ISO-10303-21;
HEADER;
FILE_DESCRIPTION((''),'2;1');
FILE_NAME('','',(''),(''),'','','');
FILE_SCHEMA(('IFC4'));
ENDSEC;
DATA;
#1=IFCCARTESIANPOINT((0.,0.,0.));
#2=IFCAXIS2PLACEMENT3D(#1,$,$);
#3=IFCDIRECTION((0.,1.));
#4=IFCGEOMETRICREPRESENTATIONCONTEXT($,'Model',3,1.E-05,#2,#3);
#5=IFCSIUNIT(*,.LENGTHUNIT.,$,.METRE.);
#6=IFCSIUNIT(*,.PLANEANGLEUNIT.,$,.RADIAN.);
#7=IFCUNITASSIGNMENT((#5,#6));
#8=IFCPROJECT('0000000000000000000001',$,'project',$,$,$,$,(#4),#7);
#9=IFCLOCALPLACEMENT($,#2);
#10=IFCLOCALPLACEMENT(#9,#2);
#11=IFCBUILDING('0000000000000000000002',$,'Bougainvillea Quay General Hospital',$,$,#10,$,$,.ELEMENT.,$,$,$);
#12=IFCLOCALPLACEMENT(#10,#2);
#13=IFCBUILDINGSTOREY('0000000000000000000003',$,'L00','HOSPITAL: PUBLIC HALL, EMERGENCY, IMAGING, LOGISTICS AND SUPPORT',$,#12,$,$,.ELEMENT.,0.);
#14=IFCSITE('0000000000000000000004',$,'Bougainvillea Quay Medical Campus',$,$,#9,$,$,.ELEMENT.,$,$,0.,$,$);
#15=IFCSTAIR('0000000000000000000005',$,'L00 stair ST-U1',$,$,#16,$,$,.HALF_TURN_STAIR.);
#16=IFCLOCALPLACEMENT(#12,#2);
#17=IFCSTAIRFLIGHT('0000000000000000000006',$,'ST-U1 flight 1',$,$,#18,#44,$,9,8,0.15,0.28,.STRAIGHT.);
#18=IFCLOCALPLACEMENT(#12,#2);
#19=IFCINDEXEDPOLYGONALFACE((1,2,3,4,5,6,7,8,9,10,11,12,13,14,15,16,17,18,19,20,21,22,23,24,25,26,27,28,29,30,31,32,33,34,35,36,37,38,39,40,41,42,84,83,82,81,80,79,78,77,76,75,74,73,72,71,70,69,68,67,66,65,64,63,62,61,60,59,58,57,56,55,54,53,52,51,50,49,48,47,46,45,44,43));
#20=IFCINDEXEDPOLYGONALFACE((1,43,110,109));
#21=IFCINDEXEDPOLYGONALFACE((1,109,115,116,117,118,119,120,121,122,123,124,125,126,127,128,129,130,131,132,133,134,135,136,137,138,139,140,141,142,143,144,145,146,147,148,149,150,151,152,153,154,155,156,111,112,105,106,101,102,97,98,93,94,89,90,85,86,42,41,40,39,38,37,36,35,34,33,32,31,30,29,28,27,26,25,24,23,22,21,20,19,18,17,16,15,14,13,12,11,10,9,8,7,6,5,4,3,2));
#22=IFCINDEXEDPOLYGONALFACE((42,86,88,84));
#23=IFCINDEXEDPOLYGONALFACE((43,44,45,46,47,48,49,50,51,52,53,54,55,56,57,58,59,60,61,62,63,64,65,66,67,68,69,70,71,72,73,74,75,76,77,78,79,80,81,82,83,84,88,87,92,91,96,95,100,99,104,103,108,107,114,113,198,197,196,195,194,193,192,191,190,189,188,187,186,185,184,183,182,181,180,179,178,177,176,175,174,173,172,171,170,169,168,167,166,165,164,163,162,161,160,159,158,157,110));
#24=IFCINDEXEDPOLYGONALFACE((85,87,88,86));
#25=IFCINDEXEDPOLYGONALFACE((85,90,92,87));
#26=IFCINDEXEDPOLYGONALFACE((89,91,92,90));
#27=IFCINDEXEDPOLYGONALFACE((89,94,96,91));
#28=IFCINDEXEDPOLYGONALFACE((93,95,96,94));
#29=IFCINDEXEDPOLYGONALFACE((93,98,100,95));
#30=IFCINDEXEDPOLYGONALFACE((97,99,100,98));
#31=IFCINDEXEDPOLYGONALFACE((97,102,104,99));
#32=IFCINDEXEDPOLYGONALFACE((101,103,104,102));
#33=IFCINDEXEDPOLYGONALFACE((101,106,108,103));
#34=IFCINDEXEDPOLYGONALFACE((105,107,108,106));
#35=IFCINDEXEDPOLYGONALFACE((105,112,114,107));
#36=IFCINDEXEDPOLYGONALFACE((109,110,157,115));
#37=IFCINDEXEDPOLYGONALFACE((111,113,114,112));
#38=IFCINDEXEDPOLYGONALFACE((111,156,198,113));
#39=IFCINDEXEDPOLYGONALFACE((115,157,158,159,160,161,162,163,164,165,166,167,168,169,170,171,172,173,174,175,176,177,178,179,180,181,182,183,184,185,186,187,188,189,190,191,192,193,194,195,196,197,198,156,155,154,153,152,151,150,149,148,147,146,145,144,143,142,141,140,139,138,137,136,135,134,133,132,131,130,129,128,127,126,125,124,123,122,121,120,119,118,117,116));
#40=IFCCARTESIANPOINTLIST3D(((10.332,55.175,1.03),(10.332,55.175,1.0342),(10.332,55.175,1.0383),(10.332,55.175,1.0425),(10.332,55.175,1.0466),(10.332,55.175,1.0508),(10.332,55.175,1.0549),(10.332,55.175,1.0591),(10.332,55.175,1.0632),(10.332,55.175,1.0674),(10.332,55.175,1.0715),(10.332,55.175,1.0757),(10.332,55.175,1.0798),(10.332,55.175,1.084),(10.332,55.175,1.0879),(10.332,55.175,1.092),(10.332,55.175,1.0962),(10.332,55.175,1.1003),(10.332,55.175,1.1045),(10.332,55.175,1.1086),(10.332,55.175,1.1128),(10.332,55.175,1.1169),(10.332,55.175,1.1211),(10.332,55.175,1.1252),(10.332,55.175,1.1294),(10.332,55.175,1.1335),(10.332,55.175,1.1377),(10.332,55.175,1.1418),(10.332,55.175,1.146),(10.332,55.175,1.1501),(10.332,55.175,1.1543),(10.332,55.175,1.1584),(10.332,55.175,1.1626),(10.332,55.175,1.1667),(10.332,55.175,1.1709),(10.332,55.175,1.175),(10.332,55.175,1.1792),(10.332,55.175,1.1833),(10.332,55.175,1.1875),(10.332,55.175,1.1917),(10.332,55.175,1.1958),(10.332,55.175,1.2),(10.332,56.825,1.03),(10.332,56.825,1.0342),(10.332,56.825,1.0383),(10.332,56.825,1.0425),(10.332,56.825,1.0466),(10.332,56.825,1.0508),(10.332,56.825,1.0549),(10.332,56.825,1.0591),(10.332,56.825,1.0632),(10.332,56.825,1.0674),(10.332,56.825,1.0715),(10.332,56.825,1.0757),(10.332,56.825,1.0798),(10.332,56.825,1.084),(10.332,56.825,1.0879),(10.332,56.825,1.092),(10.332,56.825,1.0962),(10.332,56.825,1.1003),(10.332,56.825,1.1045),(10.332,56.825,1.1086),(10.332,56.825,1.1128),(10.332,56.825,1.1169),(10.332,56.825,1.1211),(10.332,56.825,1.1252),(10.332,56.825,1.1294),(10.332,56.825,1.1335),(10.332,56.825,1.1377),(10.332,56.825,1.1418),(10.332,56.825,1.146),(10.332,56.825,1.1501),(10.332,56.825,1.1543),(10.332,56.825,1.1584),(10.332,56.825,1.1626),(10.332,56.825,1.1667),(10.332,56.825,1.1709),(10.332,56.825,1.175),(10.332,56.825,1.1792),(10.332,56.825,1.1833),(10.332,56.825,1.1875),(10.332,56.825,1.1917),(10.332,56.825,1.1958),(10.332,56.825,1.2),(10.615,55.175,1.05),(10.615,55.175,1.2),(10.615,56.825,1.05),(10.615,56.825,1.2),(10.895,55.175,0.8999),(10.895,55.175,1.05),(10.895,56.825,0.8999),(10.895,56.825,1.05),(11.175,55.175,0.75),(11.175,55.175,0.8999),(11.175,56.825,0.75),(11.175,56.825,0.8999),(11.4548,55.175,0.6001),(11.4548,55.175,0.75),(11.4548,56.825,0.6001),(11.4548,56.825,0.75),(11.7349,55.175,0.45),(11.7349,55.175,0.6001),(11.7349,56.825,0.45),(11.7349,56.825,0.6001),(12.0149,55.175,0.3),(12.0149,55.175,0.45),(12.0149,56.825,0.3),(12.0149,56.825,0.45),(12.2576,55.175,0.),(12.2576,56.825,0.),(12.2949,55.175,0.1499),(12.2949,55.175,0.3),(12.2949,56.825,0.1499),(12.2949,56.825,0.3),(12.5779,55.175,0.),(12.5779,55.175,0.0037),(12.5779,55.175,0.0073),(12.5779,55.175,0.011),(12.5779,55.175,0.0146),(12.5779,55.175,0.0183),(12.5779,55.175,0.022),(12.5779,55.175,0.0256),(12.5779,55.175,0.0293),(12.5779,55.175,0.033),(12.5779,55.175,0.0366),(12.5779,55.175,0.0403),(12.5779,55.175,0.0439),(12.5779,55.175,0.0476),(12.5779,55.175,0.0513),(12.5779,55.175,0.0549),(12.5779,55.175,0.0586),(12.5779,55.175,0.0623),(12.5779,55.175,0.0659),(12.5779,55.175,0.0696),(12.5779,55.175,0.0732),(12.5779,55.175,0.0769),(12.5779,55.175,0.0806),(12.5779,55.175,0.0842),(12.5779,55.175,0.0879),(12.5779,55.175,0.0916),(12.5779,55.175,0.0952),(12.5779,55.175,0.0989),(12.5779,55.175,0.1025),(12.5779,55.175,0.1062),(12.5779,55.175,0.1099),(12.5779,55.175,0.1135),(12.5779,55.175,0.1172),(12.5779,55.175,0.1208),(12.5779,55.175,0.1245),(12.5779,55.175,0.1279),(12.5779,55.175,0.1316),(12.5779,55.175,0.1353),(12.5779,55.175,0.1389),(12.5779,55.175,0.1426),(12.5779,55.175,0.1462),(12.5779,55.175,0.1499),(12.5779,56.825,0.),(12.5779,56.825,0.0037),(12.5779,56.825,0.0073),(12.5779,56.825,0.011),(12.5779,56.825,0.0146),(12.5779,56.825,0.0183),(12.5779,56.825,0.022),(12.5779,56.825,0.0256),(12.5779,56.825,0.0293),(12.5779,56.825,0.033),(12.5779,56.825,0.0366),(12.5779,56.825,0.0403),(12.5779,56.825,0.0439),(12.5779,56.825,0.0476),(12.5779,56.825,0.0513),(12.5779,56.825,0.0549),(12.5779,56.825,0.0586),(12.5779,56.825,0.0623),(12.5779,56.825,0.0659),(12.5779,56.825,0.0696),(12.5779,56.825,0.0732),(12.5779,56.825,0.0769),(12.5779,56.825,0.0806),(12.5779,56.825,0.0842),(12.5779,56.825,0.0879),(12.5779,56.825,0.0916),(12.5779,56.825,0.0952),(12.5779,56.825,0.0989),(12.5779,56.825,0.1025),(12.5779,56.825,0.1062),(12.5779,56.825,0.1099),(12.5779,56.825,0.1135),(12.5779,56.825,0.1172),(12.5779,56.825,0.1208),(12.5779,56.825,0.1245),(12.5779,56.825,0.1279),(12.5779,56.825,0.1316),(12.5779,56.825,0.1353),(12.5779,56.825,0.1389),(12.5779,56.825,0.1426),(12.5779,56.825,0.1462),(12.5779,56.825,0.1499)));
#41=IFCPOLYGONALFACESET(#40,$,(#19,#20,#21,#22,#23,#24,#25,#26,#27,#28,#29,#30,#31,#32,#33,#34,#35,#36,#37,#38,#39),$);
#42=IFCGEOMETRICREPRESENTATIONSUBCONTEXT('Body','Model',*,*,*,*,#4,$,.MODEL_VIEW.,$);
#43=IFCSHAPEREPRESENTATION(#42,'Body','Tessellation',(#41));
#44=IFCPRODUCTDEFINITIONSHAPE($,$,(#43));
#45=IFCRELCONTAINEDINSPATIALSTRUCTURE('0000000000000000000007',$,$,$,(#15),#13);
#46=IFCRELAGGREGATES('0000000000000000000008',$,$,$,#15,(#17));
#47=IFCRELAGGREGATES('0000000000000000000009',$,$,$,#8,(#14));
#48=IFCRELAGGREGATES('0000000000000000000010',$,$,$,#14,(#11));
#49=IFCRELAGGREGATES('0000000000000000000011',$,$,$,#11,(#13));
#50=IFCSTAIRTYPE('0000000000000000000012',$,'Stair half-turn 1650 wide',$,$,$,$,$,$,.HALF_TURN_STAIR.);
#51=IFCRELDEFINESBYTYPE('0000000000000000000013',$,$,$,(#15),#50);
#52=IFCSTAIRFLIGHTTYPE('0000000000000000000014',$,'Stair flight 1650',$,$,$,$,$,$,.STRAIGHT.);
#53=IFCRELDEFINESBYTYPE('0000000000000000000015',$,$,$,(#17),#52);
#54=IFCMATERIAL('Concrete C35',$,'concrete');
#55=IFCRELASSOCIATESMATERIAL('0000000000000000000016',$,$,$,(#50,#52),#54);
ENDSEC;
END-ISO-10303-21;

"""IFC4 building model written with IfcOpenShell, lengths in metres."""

from ifc_helpers import new_model, si_unit, direction, frame, origin, place, context, subcontext, project, spatial, polyline, outline, extrude, material, type_object, element, aggregate, save


model = new_model("IFC4")

# Units and contexts
model_context = context("Model", 3, precision=1e-05, world=origin(), true_north=direction((0.0, 1.0)))
body_context = subcontext(model_context, "Body", "Model", "MODEL_VIEW")
ifc_project = project(units=[si_unit("LENGTHUNIT", "METRE"), si_unit("PLANEANGLEUNIT", "RADIAN")], contexts=[model_context])

# Site, building, storey
site_placement = place(None, origin())
site = spatial("IfcSite", under=ifc_project, at=site_placement, Name="Bougainvillea Quay Medical Campus", CompositionType="ELEMENT", RefElevation=0.0)
building_placement = place(site_placement, origin())
building = spatial("IfcBuilding", under=site, at=building_placement, Name="Bougainvillea Quay General Hospital", CompositionType="ELEMENT")
storey_placement = place(building_placement, origin())
storey = spatial("IfcBuildingStorey", under=building, at=storey_placement, Name="L00", Description="HOSPITAL: PUBLIC HALL, EMERGENCY, IMAGING, LOGISTICS AND SUPPORT", CompositionType="ELEMENT", Elevation=0.0)

# Stair, stair flight
ifc_material_1 = material(Name="Concrete C35", Category="concrete")
stair_type = type_object("IfcStairType", Name="Stair half-turn 1650 wide", PredefinedType="HALF_TURN_STAIR", material=ifc_material_1)
stair_placement = place(storey_placement, origin())
stair = element("IfcStair", 1, at=stair_placement, inside=storey, type_object=stair_type, Name="L00 stair ST-U1", PredefinedType="HALF_TURN_STAIR")
stair_flight_type = type_object("IfcStairFlightType", Name="Stair flight 1650", PredefinedType="STRAIGHT", material=ifc_material_1)
stair_flight_1_placement = place(storey_placement, frame((12.575, 56.0, 0.0), z_axis=(0.0, 0.0, 1.0), x_axis=(-1.0, 0.0, 0.0)))
stair_flight_1 = element("IfcStairFlight", 2, at=stair_flight_1_placement, type_object=stair_flight_type, Name="ST-U1 flight 1", NumberOfRisers=9, NumberOfTreads=8, PredefinedType="STRAIGHT", RiserHeight=0.15, TreadLength=0.28, context=body_context, shape_type="SweptSolid", body=[
    extrude(outline(polyline([(-0.0029, 0.0), (-0.0029, 0.0037), (-0.0029, 0.0073), (-0.0029, 0.011), (-0.0029, 0.0146), (-0.0029, 0.0183), (-0.0029, 0.022), (-0.0029, 0.0256), (-0.0029, 0.0293), (-0.0029, 0.033), (-0.0029, 0.0366), (-0.0029, 0.0403), (-0.0029, 0.0439), (-0.0029, 0.0476), (-0.0029, 0.0513), (-0.0029, 0.0549), (-0.0029, 0.0586), (-0.0029, 0.0623), (-0.0029, 0.0659), (-0.0029, 0.0696), (-0.0029, 0.0732), (-0.0029, 0.0769), (-0.0029, 0.0806), (-0.0029, 0.0842), (-0.0029, 0.0879), (-0.0029, 0.0916), (-0.0029, 0.0952), (-0.0029, 0.0989), (-0.0029, 0.1025), (-0.0029, 0.1062), (-0.0029, 0.1099), (-0.0029, 0.1135), (-0.0029, 0.1172), (-0.0029, 0.1208), (-0.0029, 0.1245), (-0.0029, 0.1279), (-0.0029, 0.1316), (-0.0029, 0.1353), (-0.0029, 0.1389), (-0.0029, 0.1426), (-0.0029, 0.1462), (-0.0029, 0.1499), (0.28, 0.1499), (0.28, 0.3), (0.5601, 0.3), (0.5601, 0.45), (0.8401, 0.45), (0.8401, 0.6001), (1.1201, 0.6001), (1.1201, 0.75), (1.3999, 0.75), (1.3999, 0.8999), (1.6799, 0.8999), (1.6799, 1.05), (1.96, 1.05), (1.96, 1.2), (2.2429, 1.2), (2.2429, 1.1958), (2.2429, 1.1917), (2.2429, 1.1875), (2.2429, 1.1833), (2.2429, 1.1792), (2.2429, 1.175), (2.2429, 1.1709), (2.2429, 1.1667), (2.2429, 1.1626), (2.2429, 1.1584), (2.2429, 1.1543), (2.2429, 1.1501), (2.2429, 1.146), (2.2429, 1.1418), (2.2429, 1.1377), (2.2429, 1.1335), (2.2429, 1.1294), (2.2429, 1.1252), (2.2429, 1.1211), (2.2429, 1.1169), (2.2429, 1.1128), (2.2429, 1.1086), (2.2429, 1.1045), (2.2429, 1.1003), (2.2429, 1.0962), (2.2429, 1.092), (2.2429, 1.0879), (2.2429, 1.084), (2.2429, 1.0798), (2.2429, 1.0757), (2.2429, 1.0715), (2.2429, 1.0674), (2.2429, 1.0632), (2.2429, 1.0591), (2.2429, 1.0549), (2.2429, 1.0508), (2.2429, 1.0466), (2.2429, 1.0425), (2.2429, 1.0383), (2.2429, 1.0342), (2.2429, 1.03), (0.3174, 0.0), (-0.0029, 0.0)])), frame((0.0, 0.825, 0.0), z_axis=(0.0, -1.0, 0.0), x_axis=(1.0, 0.0, 0.0)), (0.0, 0.0, 1.0), 1.6499),
])
aggregate(stair, [stair_flight_1])

save(model, "model.ifc")
